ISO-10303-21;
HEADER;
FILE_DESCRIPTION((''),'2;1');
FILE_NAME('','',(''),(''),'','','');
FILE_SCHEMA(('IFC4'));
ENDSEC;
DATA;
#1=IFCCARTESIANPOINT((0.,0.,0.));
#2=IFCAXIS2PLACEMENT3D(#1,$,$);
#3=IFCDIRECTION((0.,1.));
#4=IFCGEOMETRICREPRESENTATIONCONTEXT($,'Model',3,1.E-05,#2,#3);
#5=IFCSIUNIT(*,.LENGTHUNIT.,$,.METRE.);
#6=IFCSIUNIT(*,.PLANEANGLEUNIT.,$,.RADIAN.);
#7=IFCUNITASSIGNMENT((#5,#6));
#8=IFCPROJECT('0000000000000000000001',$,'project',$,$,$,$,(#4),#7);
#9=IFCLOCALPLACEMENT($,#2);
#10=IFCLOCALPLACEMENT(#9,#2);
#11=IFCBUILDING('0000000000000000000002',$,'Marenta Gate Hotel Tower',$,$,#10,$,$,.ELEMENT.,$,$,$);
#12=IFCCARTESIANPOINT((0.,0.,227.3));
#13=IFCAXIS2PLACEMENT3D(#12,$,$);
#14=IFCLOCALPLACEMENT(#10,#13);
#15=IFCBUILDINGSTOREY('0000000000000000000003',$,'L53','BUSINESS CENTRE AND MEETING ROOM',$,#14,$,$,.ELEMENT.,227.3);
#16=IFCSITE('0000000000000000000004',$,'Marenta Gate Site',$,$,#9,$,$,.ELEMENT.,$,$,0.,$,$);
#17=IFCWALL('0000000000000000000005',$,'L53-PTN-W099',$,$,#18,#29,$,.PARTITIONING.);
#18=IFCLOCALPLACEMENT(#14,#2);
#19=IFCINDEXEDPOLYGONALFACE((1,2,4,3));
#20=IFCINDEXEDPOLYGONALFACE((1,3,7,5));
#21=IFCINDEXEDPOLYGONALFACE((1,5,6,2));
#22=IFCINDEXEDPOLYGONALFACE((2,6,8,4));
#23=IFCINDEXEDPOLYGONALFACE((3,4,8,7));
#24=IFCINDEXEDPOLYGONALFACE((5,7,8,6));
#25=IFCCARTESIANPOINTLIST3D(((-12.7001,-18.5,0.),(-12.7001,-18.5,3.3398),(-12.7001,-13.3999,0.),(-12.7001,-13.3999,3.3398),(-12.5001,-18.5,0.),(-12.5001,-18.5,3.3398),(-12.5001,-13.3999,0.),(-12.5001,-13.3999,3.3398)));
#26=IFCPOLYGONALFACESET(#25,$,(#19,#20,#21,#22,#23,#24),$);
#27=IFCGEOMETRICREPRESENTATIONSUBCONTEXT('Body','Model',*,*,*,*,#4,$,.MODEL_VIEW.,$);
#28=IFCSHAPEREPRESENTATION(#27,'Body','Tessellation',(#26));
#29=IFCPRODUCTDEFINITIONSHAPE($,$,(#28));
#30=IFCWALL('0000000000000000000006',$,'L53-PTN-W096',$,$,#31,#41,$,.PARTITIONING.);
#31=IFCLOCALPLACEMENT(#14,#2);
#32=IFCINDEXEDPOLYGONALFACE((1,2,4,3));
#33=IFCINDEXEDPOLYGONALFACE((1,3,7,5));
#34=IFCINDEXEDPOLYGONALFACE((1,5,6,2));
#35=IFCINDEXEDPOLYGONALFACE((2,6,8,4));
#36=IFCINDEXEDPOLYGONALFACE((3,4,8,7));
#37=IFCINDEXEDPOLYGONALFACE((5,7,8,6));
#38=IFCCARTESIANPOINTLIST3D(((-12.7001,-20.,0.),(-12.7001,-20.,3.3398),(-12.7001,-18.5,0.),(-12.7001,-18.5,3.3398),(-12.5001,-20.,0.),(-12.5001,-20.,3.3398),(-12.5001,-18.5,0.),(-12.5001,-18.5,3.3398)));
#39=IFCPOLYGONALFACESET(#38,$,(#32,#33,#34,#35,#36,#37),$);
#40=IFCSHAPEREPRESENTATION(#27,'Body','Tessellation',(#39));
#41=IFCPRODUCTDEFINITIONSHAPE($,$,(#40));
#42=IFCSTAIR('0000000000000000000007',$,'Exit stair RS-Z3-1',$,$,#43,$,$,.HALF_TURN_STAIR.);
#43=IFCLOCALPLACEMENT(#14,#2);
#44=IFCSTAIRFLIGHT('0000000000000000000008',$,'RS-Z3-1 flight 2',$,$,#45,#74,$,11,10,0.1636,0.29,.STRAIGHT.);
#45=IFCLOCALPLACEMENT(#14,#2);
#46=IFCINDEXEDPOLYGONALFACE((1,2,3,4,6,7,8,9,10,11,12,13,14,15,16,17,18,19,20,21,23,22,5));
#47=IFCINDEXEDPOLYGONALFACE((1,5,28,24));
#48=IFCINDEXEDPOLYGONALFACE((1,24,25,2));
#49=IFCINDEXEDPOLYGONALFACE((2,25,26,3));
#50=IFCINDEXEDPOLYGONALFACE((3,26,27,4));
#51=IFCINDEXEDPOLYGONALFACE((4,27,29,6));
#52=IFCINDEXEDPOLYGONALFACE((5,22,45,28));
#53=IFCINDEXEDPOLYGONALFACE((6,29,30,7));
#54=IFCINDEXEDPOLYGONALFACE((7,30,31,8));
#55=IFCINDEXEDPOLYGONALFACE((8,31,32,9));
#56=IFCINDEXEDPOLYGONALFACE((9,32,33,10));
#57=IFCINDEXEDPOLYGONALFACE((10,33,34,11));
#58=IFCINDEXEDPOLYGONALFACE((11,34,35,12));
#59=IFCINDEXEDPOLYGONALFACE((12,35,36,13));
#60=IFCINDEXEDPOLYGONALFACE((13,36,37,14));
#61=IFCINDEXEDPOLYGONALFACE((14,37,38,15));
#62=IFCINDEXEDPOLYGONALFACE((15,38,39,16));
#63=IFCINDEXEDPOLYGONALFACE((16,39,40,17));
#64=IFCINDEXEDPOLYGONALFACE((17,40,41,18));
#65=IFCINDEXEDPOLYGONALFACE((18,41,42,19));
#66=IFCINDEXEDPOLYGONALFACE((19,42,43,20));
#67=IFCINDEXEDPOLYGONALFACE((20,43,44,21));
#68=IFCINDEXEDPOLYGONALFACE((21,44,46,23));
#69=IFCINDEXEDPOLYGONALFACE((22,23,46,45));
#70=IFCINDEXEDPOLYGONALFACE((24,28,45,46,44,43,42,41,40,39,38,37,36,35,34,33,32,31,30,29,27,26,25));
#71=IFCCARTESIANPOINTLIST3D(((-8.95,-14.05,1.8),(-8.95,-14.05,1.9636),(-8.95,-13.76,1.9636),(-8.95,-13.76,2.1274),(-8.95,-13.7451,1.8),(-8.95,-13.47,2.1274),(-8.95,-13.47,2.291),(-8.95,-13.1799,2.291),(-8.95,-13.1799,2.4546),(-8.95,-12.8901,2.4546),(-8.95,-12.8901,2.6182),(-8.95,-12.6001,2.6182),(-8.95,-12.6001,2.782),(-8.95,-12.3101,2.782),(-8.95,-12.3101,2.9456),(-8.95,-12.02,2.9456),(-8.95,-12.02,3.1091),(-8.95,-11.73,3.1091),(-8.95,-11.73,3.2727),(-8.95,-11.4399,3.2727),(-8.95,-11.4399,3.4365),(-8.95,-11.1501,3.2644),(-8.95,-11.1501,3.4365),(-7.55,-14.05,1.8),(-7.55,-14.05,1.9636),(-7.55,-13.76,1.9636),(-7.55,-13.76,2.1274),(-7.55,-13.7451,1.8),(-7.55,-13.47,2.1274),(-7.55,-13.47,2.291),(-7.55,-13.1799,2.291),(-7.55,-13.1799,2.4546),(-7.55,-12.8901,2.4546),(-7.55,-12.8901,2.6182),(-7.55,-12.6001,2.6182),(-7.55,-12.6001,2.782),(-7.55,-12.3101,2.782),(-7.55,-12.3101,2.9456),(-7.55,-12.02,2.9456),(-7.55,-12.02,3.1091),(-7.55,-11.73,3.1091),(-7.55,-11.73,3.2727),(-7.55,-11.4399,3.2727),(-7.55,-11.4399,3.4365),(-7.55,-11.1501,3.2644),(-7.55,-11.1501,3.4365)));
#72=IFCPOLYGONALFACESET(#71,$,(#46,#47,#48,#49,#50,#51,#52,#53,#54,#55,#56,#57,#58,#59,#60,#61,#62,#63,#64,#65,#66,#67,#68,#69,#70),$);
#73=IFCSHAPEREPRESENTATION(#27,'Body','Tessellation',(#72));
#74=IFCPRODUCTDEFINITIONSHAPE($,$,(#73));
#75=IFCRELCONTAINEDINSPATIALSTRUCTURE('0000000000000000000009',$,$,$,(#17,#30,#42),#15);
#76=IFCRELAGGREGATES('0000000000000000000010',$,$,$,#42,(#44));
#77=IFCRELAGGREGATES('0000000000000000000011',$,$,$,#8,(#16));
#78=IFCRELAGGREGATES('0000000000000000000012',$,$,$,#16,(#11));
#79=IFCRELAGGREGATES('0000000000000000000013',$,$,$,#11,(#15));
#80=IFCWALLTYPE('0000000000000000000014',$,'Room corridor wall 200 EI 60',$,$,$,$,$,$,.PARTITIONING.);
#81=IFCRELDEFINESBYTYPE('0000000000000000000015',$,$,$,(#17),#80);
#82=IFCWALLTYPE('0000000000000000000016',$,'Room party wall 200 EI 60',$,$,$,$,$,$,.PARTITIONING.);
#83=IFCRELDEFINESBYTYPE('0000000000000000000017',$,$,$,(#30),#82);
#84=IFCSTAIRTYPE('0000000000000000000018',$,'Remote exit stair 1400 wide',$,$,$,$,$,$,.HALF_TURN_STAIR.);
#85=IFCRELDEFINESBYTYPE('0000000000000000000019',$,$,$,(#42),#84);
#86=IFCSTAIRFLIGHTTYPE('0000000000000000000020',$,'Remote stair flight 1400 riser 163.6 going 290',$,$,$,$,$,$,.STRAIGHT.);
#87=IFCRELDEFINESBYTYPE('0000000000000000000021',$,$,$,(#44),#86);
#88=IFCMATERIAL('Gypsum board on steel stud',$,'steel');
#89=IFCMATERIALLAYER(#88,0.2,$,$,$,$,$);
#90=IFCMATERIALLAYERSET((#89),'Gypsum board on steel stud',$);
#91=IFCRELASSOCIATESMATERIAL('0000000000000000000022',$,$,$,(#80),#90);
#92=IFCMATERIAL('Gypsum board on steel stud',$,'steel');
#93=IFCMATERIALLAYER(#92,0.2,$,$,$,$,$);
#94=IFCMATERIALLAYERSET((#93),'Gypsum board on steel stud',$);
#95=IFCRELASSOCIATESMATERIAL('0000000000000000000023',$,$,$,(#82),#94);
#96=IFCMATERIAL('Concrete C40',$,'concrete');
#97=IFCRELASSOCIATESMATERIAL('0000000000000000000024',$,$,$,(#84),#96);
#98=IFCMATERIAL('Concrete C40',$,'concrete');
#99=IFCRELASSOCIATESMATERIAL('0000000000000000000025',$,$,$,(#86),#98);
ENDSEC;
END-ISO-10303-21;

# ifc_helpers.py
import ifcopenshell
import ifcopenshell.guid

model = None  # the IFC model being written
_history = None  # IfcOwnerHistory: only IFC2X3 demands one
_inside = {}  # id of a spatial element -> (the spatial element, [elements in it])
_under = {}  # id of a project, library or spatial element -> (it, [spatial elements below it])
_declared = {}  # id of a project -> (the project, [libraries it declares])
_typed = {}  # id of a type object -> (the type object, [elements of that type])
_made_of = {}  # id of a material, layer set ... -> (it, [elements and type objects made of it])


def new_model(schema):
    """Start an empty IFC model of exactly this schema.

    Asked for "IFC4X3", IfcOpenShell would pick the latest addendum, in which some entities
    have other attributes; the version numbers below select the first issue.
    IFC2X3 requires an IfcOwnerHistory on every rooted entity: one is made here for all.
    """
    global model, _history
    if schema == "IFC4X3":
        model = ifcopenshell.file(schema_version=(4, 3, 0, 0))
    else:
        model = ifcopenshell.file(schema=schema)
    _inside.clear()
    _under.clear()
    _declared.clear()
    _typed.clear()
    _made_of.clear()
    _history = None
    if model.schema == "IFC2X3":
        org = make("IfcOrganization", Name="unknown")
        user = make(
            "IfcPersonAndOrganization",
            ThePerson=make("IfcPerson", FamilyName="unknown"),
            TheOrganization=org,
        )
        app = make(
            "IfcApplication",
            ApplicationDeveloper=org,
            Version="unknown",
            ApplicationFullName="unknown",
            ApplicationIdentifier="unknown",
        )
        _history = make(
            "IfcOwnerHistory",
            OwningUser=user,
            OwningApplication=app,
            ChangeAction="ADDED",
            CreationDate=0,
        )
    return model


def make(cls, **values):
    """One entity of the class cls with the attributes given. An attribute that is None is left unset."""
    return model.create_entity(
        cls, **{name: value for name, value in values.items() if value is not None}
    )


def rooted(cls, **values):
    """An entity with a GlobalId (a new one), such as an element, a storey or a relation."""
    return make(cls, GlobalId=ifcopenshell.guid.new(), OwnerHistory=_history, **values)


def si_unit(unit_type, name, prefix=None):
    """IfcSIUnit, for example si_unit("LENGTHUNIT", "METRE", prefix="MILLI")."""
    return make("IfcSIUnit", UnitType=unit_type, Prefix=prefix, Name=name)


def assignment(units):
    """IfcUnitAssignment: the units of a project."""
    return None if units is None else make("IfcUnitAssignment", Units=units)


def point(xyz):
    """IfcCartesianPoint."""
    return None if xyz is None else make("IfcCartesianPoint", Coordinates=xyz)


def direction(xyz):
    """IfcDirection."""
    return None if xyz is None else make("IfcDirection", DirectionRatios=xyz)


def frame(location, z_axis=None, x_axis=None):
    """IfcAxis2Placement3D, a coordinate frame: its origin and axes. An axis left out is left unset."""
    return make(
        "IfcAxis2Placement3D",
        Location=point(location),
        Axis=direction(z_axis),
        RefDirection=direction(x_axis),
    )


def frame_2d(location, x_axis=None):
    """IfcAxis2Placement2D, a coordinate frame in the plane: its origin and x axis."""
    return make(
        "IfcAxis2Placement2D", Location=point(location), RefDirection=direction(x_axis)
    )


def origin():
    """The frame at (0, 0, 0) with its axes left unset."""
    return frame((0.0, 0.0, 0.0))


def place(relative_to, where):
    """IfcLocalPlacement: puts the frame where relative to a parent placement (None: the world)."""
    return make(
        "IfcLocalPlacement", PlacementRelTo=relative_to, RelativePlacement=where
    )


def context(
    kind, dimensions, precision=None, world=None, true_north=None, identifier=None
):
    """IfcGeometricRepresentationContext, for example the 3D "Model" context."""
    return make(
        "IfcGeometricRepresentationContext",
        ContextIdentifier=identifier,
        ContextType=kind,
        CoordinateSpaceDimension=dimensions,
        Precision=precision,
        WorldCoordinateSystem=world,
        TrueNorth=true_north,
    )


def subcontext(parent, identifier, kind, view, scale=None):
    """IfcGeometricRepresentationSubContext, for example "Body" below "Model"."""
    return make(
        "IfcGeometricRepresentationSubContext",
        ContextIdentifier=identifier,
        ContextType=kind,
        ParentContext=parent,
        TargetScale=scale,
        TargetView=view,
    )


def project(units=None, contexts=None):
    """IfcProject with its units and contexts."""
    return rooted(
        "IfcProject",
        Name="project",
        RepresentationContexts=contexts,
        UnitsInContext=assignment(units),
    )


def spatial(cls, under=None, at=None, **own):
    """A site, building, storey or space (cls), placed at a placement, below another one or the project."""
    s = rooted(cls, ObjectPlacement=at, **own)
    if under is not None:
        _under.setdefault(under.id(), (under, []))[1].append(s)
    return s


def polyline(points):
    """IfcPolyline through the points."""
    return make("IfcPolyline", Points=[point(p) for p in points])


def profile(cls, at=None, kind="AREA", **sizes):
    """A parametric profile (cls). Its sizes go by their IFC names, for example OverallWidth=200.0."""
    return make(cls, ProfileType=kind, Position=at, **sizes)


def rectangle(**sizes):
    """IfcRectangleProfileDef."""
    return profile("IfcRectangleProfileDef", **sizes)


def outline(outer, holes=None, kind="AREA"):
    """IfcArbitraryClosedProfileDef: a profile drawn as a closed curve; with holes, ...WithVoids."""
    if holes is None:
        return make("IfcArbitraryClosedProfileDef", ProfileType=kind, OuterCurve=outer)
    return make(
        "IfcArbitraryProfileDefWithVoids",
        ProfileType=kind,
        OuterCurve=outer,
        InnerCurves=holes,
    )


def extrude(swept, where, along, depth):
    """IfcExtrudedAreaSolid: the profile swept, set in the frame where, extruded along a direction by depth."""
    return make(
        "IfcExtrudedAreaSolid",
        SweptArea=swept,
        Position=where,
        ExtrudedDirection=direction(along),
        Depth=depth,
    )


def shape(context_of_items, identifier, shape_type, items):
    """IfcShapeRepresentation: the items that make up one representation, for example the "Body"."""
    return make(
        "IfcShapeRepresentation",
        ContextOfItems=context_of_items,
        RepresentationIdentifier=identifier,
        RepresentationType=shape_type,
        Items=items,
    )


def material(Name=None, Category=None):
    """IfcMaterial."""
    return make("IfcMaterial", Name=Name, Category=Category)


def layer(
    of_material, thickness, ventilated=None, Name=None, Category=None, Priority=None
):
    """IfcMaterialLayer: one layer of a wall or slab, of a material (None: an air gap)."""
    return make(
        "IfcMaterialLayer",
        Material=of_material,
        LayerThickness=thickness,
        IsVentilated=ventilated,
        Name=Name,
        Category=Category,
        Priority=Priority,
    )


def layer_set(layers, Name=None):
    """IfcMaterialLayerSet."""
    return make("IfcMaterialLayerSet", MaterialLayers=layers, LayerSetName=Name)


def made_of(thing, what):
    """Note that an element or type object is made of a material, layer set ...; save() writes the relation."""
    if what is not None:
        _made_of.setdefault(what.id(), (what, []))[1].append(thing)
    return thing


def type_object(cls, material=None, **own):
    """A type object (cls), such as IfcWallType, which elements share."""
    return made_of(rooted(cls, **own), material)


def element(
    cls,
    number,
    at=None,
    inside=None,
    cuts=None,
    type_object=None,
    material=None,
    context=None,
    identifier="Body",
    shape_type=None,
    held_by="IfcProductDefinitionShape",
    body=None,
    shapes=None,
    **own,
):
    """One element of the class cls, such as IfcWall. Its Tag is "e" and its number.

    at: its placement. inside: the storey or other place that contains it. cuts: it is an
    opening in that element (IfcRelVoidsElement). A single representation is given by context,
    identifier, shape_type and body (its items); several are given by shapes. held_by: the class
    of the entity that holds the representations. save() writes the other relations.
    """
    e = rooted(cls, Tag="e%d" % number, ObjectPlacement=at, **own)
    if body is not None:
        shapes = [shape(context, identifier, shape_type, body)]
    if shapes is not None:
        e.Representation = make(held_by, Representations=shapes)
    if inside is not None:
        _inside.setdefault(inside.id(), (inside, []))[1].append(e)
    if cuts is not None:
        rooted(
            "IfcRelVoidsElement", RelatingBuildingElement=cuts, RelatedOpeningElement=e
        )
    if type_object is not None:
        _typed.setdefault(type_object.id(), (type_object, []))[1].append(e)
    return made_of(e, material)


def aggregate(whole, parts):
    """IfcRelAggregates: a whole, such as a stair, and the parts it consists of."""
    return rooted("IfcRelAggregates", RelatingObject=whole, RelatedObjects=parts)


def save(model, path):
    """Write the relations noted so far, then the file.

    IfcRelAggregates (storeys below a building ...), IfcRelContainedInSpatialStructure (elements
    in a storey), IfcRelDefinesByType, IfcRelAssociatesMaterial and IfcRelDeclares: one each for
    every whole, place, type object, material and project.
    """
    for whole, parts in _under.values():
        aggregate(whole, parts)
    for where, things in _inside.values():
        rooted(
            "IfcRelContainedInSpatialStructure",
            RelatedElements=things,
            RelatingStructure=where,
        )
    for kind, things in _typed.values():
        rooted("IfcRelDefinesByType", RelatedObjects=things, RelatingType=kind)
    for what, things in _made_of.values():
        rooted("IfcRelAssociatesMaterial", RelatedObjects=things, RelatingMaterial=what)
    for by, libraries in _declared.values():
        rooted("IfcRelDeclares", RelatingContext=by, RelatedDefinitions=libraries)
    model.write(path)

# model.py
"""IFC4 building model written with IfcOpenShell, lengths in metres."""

from ifc_helpers import new_model, si_unit, direction, frame, frame_2d, origin, place, context, subcontext, project, spatial, polyline, rectangle, outline, extrude, material, layer, layer_set, type_object, element, aggregate, save


model = new_model("IFC4")

# Units and contexts
model_context = context("Model", 3, precision=1e-05, world=origin(), true_north=direction((0.0, 1.0)))
body_context = subcontext(model_context, "Body", "Model", "MODEL_VIEW")
ifc_project = project(units=[si_unit("LENGTHUNIT", "METRE"), si_unit("PLANEANGLEUNIT", "RADIAN")], contexts=[model_context])

# Site, building, storey
site_placement = place(None, origin())
site = spatial("IfcSite", under=ifc_project, at=site_placement, Name="Marenta Gate Site", CompositionType="ELEMENT", RefElevation=0.0)
building_placement = place(site_placement, origin())
building = spatial("IfcBuilding", under=site, at=building_placement, Name="Marenta Gate Hotel Tower", CompositionType="ELEMENT")
storey_placement = place(building_placement, frame((0.0, 0.0, 227.3)))
storey = spatial("IfcBuildingStorey", under=building, at=storey_placement, Name="L53", Description="BUSINESS CENTRE AND MEETING ROOM", CompositionType="ELEMENT", Elevation=227.3)

# Shared definitions
ifc_material_1 = material(Name="Gypsum board on steel stud", Category="steel")
ifc_layer_1 = layer(ifc_material_1, 0.2)
ifc_layer_set_1 = layer_set([ifc_layer_1], Name="Gypsum board on steel stud")
wall_type_1 = type_object("IfcWallType", Name="Room corridor wall 200 EI 60", PredefinedType="PARTITIONING", material=ifc_layer_set_1)

# Walls
wall_1_placement = place(storey_placement, frame((-12.6001, -18.5, 0.0), z_axis=(0.0, 0.0, 1.0), x_axis=(0.0, 1.0, 0.0)))
element("IfcWall", 1, at=wall_1_placement, inside=storey, type_object=wall_type_1, Name="L53-PTN-W099", PredefinedType="PARTITIONING", context=body_context, shape_type="SweptSolid", body=[
    extrude(rectangle(XDim=5.1001, YDim=0.2, at=frame_2d((2.55, 0.0))), origin(), (0.0, 0.0, 1.0), 3.3398),
])
ifc_material_2 = material(Name="Gypsum board on steel stud", Category="steel")
ifc_layer_2 = layer(ifc_material_2, 0.2)
ifc_layer_set_2 = layer_set([ifc_layer_2], Name="Gypsum board on steel stud")
wall_type_2 = type_object("IfcWallType", Name="Room party wall 200 EI 60", PredefinedType="PARTITIONING", material=ifc_layer_set_2)
wall_2_placement = place(storey_placement, frame((-12.6001, -20.0, 0.0), z_axis=(0.0, 0.0, 1.0), x_axis=(0.0, 1.0, 0.0)))
element("IfcWall", 2, at=wall_2_placement, inside=storey, type_object=wall_type_2, Name="L53-PTN-W096", PredefinedType="PARTITIONING", context=body_context, shape_type="SweptSolid", body=[
    extrude(rectangle(XDim=1.5, YDim=0.2, at=frame_2d((0.75, 0.0))), origin(), (0.0, 0.0, 1.0), 3.3398),
])

# Stair, stair flight
ifc_material_3 = material(Name="Concrete C40", Category="concrete")
stair_type = type_object("IfcStairType", Name="Remote exit stair 1400 wide", PredefinedType="HALF_TURN_STAIR", material=ifc_material_3)
stair_placement = place(storey_placement, origin())
stair = element("IfcStair", 3, at=stair_placement, inside=storey, type_object=stair_type, Name="Exit stair RS-Z3-1", PredefinedType="HALF_TURN_STAIR")
ifc_material_4 = material(Name="Concrete C40", Category="concrete")
stair_flight_type = type_object("IfcStairFlightType", Name="Remote stair flight 1400 riser 163.6 going 290", PredefinedType="STRAIGHT", material=ifc_material_4)
stair_flight_placement = place(storey_placement, frame((-8.25, -14.05, 1.8), z_axis=(0.0, 0.0, 1.0), x_axis=(0.0, 1.0, 0.0)))
stair_flight = element("IfcStairFlight", 4, at=stair_flight_placement, type_object=stair_flight_type, Name="RS-Z3-1 flight 2", NumberOfRisers=11, NumberOfTreads=10, PredefinedType="STRAIGHT", RiserHeight=0.1636, TreadLength=0.29, context=body_context, shape_type="SweptSolid", body=[
    extrude(outline(polyline([(0.0, 0.0), (0.0, 0.1636), (0.29, 0.1636), (0.29, 0.3274), (0.5801, 0.3274), (0.5801, 0.491), (0.8701, 0.491), (0.8701, 0.6545), (1.1599, 0.6545), (1.1599, 0.8181), (1.45, 0.8181), (1.45, 0.9819), (1.74, 0.9819), (1.74, 1.1455), (2.03, 1.1455), (2.03, 1.3091), (2.3201, 1.3091), (2.3201, 1.4727), (2.6101, 1.4727), (2.6101, 1.6365), (2.8999, 1.6365), (2.8999, 1.8), (2.8999, 1.4644), (0.3049, 0.0), (0.0, 0.0)])), frame((0.0, 0.7, 0.0), z_axis=(0.0, -1.0, 0.0), x_axis=(1.0, 0.0, 0.0)), (0.0, 0.0, 1.0), 1.3999),
])
aggregate(stair, [stair_flight])

save(model, "model.ifc")
